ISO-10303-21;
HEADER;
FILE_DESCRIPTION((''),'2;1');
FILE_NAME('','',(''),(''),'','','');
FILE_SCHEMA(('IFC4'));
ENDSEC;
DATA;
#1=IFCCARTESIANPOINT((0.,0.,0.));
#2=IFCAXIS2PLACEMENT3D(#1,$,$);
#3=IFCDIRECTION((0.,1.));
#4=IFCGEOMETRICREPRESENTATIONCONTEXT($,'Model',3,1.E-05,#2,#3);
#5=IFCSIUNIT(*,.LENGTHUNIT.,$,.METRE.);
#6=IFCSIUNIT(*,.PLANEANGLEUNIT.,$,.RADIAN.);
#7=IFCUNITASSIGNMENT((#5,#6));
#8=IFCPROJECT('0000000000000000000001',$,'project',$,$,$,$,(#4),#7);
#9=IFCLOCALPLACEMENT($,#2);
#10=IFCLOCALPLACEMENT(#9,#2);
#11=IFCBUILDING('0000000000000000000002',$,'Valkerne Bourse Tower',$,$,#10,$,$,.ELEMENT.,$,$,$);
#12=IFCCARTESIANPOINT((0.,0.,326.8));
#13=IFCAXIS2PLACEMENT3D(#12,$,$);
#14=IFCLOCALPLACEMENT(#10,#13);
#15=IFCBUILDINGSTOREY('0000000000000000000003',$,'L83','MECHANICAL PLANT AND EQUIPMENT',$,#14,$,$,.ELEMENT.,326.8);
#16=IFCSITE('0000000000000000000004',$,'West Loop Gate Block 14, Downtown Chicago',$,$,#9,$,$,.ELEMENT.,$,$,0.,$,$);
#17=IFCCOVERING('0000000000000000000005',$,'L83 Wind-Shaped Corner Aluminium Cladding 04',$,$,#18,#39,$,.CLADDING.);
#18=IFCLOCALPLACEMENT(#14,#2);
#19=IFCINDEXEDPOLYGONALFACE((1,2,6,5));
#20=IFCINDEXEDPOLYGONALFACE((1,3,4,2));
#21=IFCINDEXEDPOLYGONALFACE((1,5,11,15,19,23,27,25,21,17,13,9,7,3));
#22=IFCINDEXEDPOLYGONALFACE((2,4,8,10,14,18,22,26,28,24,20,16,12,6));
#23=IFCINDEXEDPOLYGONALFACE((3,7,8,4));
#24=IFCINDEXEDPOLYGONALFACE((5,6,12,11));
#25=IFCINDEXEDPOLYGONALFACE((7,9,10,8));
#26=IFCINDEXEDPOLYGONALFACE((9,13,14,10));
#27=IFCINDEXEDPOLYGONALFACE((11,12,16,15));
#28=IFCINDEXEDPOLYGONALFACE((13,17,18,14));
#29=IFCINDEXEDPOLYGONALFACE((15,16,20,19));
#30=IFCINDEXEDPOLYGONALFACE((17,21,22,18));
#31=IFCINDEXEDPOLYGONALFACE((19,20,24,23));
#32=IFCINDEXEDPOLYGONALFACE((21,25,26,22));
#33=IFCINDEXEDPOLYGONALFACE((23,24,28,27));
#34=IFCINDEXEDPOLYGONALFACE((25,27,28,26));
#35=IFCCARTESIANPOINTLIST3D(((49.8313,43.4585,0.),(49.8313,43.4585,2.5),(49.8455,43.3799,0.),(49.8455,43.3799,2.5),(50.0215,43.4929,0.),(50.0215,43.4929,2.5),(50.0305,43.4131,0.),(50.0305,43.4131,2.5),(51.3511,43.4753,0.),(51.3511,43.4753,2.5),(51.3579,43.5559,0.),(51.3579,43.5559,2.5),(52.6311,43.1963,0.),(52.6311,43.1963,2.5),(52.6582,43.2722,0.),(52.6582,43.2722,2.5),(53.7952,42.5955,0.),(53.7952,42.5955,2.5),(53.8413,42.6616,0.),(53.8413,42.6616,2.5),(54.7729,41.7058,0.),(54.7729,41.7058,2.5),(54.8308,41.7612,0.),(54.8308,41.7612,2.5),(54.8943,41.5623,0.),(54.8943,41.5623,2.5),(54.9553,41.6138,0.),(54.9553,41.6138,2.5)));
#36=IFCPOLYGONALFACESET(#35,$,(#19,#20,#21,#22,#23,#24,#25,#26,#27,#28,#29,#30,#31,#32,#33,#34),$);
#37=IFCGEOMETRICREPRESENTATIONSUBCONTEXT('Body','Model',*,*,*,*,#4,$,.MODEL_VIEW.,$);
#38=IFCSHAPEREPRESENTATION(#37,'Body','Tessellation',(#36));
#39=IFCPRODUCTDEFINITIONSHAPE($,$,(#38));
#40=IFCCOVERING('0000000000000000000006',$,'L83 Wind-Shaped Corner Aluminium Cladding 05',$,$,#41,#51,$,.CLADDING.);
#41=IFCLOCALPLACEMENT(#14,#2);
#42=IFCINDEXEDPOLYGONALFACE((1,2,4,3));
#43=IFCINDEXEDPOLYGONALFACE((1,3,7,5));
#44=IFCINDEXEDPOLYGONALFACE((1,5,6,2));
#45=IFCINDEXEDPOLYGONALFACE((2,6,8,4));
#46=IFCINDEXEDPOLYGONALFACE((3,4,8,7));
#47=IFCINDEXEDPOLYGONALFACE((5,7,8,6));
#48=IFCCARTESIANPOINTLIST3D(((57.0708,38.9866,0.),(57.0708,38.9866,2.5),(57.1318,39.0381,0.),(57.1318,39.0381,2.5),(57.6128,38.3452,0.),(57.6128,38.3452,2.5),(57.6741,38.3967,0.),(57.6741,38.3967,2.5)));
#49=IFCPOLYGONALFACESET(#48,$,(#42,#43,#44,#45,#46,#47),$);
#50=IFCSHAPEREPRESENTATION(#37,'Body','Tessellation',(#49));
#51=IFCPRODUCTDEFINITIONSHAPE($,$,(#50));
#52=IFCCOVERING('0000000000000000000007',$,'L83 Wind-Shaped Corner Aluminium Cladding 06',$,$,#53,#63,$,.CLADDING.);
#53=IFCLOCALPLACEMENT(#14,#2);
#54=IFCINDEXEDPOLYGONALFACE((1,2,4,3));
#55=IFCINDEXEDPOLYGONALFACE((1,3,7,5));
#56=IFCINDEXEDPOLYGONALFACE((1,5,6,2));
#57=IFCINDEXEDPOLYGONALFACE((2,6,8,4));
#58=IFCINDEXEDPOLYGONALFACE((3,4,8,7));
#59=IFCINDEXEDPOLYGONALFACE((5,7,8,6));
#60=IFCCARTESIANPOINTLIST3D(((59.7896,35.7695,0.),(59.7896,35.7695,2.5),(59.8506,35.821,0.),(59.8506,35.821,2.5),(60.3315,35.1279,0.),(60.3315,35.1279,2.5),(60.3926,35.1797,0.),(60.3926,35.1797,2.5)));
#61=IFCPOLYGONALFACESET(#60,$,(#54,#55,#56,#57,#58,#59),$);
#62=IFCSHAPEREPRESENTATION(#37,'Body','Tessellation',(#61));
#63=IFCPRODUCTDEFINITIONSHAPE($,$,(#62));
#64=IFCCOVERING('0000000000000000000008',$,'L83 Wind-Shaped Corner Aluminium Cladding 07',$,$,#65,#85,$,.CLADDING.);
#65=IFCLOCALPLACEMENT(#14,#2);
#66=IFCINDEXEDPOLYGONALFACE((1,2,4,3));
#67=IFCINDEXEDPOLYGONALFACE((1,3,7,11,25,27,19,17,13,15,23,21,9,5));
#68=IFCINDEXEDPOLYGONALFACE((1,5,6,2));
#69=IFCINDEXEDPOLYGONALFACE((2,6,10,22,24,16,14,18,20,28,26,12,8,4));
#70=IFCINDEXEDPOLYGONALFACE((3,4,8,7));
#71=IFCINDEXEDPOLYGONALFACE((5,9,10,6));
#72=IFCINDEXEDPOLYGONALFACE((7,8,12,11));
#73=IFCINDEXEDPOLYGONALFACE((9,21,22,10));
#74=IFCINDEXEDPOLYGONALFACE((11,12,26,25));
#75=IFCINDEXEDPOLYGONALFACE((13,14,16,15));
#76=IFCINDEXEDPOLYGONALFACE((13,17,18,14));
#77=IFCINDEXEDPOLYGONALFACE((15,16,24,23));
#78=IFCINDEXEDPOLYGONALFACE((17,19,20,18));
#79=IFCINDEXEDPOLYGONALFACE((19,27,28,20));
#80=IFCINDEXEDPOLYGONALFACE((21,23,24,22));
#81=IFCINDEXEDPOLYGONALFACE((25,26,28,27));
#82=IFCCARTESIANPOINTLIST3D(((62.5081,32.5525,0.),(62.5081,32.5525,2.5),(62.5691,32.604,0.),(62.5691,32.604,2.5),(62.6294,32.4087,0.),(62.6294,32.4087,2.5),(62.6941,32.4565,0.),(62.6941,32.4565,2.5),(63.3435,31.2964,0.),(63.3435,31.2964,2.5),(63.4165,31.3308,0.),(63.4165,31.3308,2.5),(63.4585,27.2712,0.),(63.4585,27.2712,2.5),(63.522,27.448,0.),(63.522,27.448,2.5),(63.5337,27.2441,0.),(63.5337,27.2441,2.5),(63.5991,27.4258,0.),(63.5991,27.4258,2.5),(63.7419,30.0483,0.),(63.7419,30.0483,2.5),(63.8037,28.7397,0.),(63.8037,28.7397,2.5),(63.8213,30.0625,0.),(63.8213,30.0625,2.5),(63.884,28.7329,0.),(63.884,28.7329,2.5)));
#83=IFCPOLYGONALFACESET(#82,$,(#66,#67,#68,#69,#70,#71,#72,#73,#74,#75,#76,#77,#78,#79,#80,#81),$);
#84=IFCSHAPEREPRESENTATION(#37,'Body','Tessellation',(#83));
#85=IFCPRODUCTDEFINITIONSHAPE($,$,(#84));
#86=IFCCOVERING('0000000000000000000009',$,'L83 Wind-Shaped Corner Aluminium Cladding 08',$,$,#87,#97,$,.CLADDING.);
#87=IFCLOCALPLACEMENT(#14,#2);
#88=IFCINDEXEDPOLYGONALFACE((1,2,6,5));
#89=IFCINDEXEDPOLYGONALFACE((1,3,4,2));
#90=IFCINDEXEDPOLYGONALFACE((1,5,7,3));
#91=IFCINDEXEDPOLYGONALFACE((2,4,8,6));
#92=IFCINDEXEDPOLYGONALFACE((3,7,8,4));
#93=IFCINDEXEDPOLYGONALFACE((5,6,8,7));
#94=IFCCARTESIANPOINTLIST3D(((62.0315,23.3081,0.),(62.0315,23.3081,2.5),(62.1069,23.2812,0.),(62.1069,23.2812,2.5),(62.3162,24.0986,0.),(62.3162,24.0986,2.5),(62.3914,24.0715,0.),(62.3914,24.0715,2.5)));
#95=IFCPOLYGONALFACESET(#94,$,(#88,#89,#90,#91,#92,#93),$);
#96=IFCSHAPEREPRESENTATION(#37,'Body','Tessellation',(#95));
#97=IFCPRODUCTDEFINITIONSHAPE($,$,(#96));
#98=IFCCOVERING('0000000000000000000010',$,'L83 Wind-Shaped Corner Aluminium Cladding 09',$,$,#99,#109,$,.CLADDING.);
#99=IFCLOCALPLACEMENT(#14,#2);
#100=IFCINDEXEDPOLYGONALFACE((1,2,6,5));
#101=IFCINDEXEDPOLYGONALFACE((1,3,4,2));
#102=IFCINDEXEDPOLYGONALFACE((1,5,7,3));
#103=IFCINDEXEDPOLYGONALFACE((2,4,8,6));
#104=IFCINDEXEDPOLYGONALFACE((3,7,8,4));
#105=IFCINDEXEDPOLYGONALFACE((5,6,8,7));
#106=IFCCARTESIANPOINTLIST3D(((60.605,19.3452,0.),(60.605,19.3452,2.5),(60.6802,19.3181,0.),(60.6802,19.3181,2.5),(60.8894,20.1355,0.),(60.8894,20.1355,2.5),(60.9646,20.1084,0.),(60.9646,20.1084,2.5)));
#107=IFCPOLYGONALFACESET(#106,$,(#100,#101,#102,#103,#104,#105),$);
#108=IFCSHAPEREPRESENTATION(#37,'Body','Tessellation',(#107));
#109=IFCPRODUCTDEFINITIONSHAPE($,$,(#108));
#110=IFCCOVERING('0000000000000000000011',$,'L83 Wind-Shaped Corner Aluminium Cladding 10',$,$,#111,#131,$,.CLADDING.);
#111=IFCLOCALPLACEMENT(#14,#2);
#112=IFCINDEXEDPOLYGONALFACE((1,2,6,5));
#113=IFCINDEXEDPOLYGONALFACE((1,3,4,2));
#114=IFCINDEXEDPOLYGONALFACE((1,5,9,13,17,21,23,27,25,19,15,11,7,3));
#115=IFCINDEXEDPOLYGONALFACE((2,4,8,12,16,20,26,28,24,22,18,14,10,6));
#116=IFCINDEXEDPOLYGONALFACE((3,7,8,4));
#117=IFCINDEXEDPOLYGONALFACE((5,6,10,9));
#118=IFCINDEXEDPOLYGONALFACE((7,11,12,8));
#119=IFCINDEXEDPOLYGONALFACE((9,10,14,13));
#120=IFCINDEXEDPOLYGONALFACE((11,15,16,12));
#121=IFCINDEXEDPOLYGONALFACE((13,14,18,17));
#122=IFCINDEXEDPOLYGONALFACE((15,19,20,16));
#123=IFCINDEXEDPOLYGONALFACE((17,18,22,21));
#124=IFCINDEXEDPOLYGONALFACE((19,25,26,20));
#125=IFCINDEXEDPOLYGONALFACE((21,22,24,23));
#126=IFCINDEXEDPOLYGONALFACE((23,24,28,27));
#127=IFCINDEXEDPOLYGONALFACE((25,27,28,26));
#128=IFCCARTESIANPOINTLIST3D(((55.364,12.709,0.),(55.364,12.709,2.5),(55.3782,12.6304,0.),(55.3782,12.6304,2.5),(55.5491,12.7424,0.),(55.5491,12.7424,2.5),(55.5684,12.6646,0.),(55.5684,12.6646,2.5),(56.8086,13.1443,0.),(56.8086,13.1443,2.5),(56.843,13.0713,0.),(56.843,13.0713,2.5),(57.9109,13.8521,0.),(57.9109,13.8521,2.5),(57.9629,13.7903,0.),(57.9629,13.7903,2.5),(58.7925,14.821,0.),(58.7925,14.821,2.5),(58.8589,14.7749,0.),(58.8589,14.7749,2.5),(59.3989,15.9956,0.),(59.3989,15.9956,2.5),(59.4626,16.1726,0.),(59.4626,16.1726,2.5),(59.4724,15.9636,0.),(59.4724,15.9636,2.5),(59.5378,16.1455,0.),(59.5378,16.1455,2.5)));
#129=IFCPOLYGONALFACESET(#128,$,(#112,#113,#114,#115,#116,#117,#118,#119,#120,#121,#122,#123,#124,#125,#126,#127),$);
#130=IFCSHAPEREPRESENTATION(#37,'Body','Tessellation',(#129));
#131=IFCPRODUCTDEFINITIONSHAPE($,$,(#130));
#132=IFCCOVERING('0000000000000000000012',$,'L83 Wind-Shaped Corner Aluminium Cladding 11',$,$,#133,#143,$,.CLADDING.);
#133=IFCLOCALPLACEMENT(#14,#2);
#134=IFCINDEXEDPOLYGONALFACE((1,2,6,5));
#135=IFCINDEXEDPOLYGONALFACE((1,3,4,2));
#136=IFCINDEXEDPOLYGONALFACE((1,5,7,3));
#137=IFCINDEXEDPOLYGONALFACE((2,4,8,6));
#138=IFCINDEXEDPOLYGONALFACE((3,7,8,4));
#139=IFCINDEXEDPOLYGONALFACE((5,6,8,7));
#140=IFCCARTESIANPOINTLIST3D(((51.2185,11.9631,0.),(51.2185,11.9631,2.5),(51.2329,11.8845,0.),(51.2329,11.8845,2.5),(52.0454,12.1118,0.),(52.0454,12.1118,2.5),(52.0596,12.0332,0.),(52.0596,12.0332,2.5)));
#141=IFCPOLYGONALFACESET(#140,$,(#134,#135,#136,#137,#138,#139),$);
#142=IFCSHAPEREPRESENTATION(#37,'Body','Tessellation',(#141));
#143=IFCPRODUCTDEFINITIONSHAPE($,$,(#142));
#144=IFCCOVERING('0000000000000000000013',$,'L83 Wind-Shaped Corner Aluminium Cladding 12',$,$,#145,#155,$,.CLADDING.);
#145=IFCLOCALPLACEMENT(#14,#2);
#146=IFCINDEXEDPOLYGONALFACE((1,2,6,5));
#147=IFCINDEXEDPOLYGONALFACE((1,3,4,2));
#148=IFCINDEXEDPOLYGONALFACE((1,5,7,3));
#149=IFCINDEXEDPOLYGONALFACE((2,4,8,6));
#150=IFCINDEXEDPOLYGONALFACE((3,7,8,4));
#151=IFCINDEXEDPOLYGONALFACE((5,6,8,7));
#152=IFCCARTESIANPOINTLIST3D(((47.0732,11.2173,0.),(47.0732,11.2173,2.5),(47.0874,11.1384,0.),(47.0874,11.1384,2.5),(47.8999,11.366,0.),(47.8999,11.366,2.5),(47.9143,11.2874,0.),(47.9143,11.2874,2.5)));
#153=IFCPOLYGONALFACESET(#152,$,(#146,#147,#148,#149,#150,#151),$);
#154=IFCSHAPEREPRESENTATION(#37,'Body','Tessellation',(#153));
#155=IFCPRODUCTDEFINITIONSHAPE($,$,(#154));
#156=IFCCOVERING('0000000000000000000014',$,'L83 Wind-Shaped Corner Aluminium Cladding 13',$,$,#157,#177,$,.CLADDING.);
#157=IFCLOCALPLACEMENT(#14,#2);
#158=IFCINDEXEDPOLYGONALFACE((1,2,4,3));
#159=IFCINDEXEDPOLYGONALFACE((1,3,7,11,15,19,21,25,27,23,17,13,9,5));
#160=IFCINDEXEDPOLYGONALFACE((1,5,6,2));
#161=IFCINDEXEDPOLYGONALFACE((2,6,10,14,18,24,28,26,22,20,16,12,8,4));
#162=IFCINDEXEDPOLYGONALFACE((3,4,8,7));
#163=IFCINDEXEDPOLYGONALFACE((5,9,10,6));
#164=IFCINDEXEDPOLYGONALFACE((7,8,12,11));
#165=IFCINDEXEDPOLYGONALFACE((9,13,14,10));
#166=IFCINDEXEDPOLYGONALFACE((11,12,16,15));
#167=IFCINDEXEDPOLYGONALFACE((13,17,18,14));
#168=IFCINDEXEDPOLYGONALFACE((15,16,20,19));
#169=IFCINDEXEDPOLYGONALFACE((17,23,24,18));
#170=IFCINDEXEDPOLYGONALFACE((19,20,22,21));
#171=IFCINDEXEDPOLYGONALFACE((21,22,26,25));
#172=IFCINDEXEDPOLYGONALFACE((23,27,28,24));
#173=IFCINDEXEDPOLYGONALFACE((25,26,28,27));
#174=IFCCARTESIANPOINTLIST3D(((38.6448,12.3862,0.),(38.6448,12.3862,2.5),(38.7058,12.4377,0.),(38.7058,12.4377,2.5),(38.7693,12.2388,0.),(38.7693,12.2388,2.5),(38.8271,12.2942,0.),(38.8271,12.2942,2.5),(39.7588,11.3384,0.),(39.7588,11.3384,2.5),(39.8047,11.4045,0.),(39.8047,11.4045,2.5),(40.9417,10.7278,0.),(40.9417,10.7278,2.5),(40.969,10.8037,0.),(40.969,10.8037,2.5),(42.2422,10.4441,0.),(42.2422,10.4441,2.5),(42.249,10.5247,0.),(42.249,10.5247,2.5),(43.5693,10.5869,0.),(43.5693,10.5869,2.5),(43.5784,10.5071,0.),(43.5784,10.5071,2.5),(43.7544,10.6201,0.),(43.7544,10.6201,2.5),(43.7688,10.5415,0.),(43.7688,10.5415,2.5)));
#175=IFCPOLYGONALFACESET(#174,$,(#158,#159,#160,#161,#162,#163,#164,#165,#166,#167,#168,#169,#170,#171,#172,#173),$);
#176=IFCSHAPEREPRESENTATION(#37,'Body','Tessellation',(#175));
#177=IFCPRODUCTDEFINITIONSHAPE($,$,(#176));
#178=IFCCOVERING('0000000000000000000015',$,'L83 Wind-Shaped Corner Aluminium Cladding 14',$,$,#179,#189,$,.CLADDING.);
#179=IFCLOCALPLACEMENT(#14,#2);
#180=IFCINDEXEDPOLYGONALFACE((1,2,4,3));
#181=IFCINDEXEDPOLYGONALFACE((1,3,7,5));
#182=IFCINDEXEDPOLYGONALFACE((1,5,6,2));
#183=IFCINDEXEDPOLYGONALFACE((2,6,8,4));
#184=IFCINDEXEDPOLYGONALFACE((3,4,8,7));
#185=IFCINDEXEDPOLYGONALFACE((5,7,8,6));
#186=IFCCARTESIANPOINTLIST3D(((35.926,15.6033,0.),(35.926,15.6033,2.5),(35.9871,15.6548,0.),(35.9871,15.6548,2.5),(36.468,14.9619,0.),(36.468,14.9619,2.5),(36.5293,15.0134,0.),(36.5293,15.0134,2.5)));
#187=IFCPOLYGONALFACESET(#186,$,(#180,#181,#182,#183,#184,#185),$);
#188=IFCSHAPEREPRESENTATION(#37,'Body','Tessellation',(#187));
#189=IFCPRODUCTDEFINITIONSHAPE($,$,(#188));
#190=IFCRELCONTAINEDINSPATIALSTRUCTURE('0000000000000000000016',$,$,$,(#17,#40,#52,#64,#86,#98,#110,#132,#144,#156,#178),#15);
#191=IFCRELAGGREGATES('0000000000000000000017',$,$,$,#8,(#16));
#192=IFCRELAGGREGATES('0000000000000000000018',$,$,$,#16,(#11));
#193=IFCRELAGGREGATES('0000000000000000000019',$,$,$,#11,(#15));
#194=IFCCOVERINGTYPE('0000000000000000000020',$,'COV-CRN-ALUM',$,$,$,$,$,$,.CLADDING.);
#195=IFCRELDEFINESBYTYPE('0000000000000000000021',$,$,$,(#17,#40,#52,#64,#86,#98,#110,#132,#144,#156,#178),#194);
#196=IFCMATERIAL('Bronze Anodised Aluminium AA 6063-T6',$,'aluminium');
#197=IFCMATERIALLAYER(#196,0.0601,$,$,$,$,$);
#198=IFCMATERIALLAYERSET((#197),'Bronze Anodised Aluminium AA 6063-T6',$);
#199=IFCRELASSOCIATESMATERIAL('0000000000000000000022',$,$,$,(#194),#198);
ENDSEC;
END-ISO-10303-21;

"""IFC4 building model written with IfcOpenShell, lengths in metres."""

from ifc_helpers import new_model, si_unit, direction, frame, origin, place, context, subcontext, project, spatial, polyline, outline, extrude, material, layer, layer_set, type_object, element, save


model = new_model("IFC4")

# Units and contexts
model_context = context("Model", 3, precision=1e-05, world=origin(), true_north=direction((0.0, 1.0)))
body_context = subcontext(model_context, "Body", "Model", "MODEL_VIEW")
ifc_project = project(units=[si_unit("LENGTHUNIT", "METRE"), si_unit("PLANEANGLEUNIT", "RADIAN")], contexts=[model_context])

# Site, building, storey
site_placement = place(None, origin())
site = spatial("IfcSite", under=ifc_project, at=site_placement, Name="West Loop Gate Block 14, Downtown Chicago", CompositionType="ELEMENT", RefElevation=0.0)
building_placement = place(site_placement, origin())
building = spatial("IfcBuilding", under=site, at=building_placement, Name="Valkerne Bourse Tower", CompositionType="ELEMENT")
storey_placement = place(building_placement, frame((0.0, 0.0, 326.8)))
storey = spatial("IfcBuildingStorey", under=building, at=storey_placement, Name="L83", Description="MECHANICAL PLANT AND EQUIPMENT", CompositionType="ELEMENT", Elevation=326.8)

# Coverings
ifc_material_1 = material(Name="Bronze Anodised Aluminium AA 6063-T6", Category="aluminium")
ifc_layer_1 = layer(ifc_material_1, 0.0601)
ifc_layer_set_1 = layer_set([ifc_layer_1], Name="Bronze Anodised Aluminium AA 6063-T6")
covering_type = type_object("IfcCoveringType", Name="COV-CRN-ALUM", PredefinedType="CLADDING", material=ifc_layer_set_1)
covering_1_placement = place(storey_placement, origin())
element("IfcCovering", 1, at=covering_1_placement, inside=storey, type_object=covering_type, Name="L83 Wind-Shaped Corner Aluminium Cladding 04", PredefinedType="CLADDING", context=body_context, shape_type="SweptSolid", body=[
    extrude(outline(polyline([(50.0215, 43.4929), (51.3579, 43.5559), (52.6582, 43.2722), (53.8413, 42.6616), (54.8308, 41.7612), (54.9553, 41.6138), (54.8943, 41.5623), (54.7729, 41.7058), (53.7952, 42.5955), (52.6311, 43.1963), (51.3511, 43.4753), (50.0305, 43.4131), (49.8455, 43.3799), (49.8313, 43.4585), (50.0215, 43.4929)])), origin(), (0.0, 0.0, 1.0), 2.5),
])
covering_2_placement = place(storey_placement, origin())
element("IfcCovering", 2, at=covering_2_placement, inside=storey, type_object=covering_type, Name="L83 Wind-Shaped Corner Aluminium Cladding 05", PredefinedType="CLADDING", context=body_context, shape_type="SweptSolid", body=[
    extrude(outline(polyline([(57.6741, 38.3967), (57.6128, 38.3452), (57.0708, 38.9866), (57.1318, 39.0381), (57.6741, 38.3967)])), origin(), (0.0, 0.0, 1.0), 2.5),
])
covering_3_placement = place(storey_placement, origin())
element("IfcCovering", 3, at=covering_3_placement, inside=storey, type_object=covering_type, Name="L83 Wind-Shaped Corner Aluminium Cladding 06", PredefinedType="CLADDING", context=body_context, shape_type="SweptSolid", body=[
    extrude(outline(polyline([(60.3926, 35.1797), (60.3315, 35.1279), (59.7896, 35.7695), (59.8506, 35.821), (60.3926, 35.1797)])), origin(), (0.0, 0.0, 1.0), 2.5),
])
covering_4_placement = place(storey_placement, origin())
element("IfcCovering", 4, at=covering_4_placement, inside=storey, type_object=covering_type, Name="L83 Wind-Shaped Corner Aluminium Cladding 07", PredefinedType="CLADDING", context=body_context, shape_type="SweptSolid", body=[
    extrude(outline(polyline([(62.6941, 32.4565), (63.4165, 31.3308), (63.8213, 30.0625), (63.884, 28.7329), (63.5991, 27.4258), (63.5337, 27.2441), (63.4585, 27.2712), (63.522, 27.448), (63.8037, 28.7397), (63.7419, 30.0483), (63.3435, 31.2964), (62.6294, 32.4087), (62.5081, 32.5525), (62.5691, 32.604), (62.6941, 32.4565)])), origin(), (0.0, 0.0, 1.0), 2.5),
])
covering_5_placement = place(storey_placement, origin())
element("IfcCovering", 5, at=covering_5_placement, inside=storey, type_object=covering_type, Name="L83 Wind-Shaped Corner Aluminium Cladding 08", PredefinedType="CLADDING", context=body_context, shape_type="SweptSolid", body=[
    extrude(outline(polyline([(62.1069, 23.2812), (62.0315, 23.3081), (62.3162, 24.0986), (62.3914, 24.0715), (62.1069, 23.2812)])), origin(), (0.0, 0.0, 1.0), 2.5),
])
covering_6_placement = place(storey_placement, origin())
element("IfcCovering", 6, at=covering_6_placement, inside=storey, type_object=covering_type, Name="L83 Wind-Shaped Corner Aluminium Cladding 09", PredefinedType="CLADDING", context=body_context, shape_type="SweptSolid", body=[
    extrude(outline(polyline([(60.6802, 19.3181), (60.605, 19.3452), (60.8894, 20.1355), (60.9646, 20.1084), (60.6802, 19.3181)])), origin(), (0.0, 0.0, 1.0), 2.5),
])
covering_7_placement = place(storey_placement, origin())
element("IfcCovering", 7, at=covering_7_placement, inside=storey, type_object=covering_type, Name="L83 Wind-Shaped Corner Aluminium Cladding 10", PredefinedType="CLADDING", context=body_context, shape_type="SweptSolid", body=[
    extrude(outline(polyline([(59.4724, 15.9636), (58.8589, 14.7749), (57.9629, 13.7903), (56.843, 13.0713), (55.5684, 12.6646), (55.3782, 12.6304), (55.364, 12.709), (55.5491, 12.7424), (56.8086, 13.1443), (57.9109, 13.8521), (58.7925, 14.821), (59.3989, 15.9956), (59.4626, 16.1726), (59.5378, 16.1455), (59.4724, 15.9636)])), origin(), (0.0, 0.0, 1.0), 2.5),
])
covering_8_placement = place(storey_placement, origin())
element("IfcCovering", 8, at=covering_8_placement, inside=storey, type_object=covering_type, Name="L83 Wind-Shaped Corner Aluminium Cladding 11", PredefinedType="CLADDING", context=body_context, shape_type="SweptSolid", body=[
    extrude(outline(polyline([(51.2329, 11.8845), (51.2185, 11.9631), (52.0454, 12.1118), (52.0596, 12.0332), (51.2329, 11.8845)])), origin(), (0.0, 0.0, 1.0), 2.5),
])
covering_9_placement = place(storey_placement, origin())
element("IfcCovering", 9, at=covering_9_placement, inside=storey, type_object=covering_type, Name="L83 Wind-Shaped Corner Aluminium Cladding 12", PredefinedType="CLADDING", context=body_context, shape_type="SweptSolid", body=[
    extrude(outline(polyline([(47.0874, 11.1384), (47.0732, 11.2173), (47.8999, 11.366), (47.9143, 11.2874), (47.0874, 11.1384)])), origin(), (0.0, 0.0, 1.0), 2.5),
])
covering_10_placement = place(storey_placement, origin())
element("IfcCovering", 10, at=covering_10_placement, inside=storey, type_object=covering_type, Name="L83 Wind-Shaped Corner Aluminium Cladding 13", PredefinedType="CLADDING", context=body_context, shape_type="SweptSolid", body=[
    extrude(outline(polyline([(43.5784, 10.5071), (42.2422, 10.4441), (40.9417, 10.7278), (39.7588, 11.3384), (38.7693, 12.2388), (38.6448, 12.3862), (38.7058, 12.4377), (38.8271, 12.2942), (39.8047, 11.4045), (40.969, 10.8037), (42.249, 10.5247), (43.5693, 10.5869), (43.7544, 10.6201), (43.7688, 10.5415), (43.5784, 10.5071)])), origin(), (0.0, 0.0, 1.0), 2.5),
])
covering_11_placement = place(storey_placement, origin())
element("IfcCovering", 11, at=covering_11_placement, inside=storey, type_object=covering_type, Name="L83 Wind-Shaped Corner Aluminium Cladding 14", PredefinedType="CLADDING", context=body_context, shape_type="SweptSolid", body=[
    extrude(outline(polyline([(35.926, 15.6033), (35.9871, 15.6548), (36.5293, 15.0134), (36.468, 14.9619), (35.926, 15.6033)])), origin(), (0.0, 0.0, 1.0), 2.5),
])

save(model, "model.ifc")
